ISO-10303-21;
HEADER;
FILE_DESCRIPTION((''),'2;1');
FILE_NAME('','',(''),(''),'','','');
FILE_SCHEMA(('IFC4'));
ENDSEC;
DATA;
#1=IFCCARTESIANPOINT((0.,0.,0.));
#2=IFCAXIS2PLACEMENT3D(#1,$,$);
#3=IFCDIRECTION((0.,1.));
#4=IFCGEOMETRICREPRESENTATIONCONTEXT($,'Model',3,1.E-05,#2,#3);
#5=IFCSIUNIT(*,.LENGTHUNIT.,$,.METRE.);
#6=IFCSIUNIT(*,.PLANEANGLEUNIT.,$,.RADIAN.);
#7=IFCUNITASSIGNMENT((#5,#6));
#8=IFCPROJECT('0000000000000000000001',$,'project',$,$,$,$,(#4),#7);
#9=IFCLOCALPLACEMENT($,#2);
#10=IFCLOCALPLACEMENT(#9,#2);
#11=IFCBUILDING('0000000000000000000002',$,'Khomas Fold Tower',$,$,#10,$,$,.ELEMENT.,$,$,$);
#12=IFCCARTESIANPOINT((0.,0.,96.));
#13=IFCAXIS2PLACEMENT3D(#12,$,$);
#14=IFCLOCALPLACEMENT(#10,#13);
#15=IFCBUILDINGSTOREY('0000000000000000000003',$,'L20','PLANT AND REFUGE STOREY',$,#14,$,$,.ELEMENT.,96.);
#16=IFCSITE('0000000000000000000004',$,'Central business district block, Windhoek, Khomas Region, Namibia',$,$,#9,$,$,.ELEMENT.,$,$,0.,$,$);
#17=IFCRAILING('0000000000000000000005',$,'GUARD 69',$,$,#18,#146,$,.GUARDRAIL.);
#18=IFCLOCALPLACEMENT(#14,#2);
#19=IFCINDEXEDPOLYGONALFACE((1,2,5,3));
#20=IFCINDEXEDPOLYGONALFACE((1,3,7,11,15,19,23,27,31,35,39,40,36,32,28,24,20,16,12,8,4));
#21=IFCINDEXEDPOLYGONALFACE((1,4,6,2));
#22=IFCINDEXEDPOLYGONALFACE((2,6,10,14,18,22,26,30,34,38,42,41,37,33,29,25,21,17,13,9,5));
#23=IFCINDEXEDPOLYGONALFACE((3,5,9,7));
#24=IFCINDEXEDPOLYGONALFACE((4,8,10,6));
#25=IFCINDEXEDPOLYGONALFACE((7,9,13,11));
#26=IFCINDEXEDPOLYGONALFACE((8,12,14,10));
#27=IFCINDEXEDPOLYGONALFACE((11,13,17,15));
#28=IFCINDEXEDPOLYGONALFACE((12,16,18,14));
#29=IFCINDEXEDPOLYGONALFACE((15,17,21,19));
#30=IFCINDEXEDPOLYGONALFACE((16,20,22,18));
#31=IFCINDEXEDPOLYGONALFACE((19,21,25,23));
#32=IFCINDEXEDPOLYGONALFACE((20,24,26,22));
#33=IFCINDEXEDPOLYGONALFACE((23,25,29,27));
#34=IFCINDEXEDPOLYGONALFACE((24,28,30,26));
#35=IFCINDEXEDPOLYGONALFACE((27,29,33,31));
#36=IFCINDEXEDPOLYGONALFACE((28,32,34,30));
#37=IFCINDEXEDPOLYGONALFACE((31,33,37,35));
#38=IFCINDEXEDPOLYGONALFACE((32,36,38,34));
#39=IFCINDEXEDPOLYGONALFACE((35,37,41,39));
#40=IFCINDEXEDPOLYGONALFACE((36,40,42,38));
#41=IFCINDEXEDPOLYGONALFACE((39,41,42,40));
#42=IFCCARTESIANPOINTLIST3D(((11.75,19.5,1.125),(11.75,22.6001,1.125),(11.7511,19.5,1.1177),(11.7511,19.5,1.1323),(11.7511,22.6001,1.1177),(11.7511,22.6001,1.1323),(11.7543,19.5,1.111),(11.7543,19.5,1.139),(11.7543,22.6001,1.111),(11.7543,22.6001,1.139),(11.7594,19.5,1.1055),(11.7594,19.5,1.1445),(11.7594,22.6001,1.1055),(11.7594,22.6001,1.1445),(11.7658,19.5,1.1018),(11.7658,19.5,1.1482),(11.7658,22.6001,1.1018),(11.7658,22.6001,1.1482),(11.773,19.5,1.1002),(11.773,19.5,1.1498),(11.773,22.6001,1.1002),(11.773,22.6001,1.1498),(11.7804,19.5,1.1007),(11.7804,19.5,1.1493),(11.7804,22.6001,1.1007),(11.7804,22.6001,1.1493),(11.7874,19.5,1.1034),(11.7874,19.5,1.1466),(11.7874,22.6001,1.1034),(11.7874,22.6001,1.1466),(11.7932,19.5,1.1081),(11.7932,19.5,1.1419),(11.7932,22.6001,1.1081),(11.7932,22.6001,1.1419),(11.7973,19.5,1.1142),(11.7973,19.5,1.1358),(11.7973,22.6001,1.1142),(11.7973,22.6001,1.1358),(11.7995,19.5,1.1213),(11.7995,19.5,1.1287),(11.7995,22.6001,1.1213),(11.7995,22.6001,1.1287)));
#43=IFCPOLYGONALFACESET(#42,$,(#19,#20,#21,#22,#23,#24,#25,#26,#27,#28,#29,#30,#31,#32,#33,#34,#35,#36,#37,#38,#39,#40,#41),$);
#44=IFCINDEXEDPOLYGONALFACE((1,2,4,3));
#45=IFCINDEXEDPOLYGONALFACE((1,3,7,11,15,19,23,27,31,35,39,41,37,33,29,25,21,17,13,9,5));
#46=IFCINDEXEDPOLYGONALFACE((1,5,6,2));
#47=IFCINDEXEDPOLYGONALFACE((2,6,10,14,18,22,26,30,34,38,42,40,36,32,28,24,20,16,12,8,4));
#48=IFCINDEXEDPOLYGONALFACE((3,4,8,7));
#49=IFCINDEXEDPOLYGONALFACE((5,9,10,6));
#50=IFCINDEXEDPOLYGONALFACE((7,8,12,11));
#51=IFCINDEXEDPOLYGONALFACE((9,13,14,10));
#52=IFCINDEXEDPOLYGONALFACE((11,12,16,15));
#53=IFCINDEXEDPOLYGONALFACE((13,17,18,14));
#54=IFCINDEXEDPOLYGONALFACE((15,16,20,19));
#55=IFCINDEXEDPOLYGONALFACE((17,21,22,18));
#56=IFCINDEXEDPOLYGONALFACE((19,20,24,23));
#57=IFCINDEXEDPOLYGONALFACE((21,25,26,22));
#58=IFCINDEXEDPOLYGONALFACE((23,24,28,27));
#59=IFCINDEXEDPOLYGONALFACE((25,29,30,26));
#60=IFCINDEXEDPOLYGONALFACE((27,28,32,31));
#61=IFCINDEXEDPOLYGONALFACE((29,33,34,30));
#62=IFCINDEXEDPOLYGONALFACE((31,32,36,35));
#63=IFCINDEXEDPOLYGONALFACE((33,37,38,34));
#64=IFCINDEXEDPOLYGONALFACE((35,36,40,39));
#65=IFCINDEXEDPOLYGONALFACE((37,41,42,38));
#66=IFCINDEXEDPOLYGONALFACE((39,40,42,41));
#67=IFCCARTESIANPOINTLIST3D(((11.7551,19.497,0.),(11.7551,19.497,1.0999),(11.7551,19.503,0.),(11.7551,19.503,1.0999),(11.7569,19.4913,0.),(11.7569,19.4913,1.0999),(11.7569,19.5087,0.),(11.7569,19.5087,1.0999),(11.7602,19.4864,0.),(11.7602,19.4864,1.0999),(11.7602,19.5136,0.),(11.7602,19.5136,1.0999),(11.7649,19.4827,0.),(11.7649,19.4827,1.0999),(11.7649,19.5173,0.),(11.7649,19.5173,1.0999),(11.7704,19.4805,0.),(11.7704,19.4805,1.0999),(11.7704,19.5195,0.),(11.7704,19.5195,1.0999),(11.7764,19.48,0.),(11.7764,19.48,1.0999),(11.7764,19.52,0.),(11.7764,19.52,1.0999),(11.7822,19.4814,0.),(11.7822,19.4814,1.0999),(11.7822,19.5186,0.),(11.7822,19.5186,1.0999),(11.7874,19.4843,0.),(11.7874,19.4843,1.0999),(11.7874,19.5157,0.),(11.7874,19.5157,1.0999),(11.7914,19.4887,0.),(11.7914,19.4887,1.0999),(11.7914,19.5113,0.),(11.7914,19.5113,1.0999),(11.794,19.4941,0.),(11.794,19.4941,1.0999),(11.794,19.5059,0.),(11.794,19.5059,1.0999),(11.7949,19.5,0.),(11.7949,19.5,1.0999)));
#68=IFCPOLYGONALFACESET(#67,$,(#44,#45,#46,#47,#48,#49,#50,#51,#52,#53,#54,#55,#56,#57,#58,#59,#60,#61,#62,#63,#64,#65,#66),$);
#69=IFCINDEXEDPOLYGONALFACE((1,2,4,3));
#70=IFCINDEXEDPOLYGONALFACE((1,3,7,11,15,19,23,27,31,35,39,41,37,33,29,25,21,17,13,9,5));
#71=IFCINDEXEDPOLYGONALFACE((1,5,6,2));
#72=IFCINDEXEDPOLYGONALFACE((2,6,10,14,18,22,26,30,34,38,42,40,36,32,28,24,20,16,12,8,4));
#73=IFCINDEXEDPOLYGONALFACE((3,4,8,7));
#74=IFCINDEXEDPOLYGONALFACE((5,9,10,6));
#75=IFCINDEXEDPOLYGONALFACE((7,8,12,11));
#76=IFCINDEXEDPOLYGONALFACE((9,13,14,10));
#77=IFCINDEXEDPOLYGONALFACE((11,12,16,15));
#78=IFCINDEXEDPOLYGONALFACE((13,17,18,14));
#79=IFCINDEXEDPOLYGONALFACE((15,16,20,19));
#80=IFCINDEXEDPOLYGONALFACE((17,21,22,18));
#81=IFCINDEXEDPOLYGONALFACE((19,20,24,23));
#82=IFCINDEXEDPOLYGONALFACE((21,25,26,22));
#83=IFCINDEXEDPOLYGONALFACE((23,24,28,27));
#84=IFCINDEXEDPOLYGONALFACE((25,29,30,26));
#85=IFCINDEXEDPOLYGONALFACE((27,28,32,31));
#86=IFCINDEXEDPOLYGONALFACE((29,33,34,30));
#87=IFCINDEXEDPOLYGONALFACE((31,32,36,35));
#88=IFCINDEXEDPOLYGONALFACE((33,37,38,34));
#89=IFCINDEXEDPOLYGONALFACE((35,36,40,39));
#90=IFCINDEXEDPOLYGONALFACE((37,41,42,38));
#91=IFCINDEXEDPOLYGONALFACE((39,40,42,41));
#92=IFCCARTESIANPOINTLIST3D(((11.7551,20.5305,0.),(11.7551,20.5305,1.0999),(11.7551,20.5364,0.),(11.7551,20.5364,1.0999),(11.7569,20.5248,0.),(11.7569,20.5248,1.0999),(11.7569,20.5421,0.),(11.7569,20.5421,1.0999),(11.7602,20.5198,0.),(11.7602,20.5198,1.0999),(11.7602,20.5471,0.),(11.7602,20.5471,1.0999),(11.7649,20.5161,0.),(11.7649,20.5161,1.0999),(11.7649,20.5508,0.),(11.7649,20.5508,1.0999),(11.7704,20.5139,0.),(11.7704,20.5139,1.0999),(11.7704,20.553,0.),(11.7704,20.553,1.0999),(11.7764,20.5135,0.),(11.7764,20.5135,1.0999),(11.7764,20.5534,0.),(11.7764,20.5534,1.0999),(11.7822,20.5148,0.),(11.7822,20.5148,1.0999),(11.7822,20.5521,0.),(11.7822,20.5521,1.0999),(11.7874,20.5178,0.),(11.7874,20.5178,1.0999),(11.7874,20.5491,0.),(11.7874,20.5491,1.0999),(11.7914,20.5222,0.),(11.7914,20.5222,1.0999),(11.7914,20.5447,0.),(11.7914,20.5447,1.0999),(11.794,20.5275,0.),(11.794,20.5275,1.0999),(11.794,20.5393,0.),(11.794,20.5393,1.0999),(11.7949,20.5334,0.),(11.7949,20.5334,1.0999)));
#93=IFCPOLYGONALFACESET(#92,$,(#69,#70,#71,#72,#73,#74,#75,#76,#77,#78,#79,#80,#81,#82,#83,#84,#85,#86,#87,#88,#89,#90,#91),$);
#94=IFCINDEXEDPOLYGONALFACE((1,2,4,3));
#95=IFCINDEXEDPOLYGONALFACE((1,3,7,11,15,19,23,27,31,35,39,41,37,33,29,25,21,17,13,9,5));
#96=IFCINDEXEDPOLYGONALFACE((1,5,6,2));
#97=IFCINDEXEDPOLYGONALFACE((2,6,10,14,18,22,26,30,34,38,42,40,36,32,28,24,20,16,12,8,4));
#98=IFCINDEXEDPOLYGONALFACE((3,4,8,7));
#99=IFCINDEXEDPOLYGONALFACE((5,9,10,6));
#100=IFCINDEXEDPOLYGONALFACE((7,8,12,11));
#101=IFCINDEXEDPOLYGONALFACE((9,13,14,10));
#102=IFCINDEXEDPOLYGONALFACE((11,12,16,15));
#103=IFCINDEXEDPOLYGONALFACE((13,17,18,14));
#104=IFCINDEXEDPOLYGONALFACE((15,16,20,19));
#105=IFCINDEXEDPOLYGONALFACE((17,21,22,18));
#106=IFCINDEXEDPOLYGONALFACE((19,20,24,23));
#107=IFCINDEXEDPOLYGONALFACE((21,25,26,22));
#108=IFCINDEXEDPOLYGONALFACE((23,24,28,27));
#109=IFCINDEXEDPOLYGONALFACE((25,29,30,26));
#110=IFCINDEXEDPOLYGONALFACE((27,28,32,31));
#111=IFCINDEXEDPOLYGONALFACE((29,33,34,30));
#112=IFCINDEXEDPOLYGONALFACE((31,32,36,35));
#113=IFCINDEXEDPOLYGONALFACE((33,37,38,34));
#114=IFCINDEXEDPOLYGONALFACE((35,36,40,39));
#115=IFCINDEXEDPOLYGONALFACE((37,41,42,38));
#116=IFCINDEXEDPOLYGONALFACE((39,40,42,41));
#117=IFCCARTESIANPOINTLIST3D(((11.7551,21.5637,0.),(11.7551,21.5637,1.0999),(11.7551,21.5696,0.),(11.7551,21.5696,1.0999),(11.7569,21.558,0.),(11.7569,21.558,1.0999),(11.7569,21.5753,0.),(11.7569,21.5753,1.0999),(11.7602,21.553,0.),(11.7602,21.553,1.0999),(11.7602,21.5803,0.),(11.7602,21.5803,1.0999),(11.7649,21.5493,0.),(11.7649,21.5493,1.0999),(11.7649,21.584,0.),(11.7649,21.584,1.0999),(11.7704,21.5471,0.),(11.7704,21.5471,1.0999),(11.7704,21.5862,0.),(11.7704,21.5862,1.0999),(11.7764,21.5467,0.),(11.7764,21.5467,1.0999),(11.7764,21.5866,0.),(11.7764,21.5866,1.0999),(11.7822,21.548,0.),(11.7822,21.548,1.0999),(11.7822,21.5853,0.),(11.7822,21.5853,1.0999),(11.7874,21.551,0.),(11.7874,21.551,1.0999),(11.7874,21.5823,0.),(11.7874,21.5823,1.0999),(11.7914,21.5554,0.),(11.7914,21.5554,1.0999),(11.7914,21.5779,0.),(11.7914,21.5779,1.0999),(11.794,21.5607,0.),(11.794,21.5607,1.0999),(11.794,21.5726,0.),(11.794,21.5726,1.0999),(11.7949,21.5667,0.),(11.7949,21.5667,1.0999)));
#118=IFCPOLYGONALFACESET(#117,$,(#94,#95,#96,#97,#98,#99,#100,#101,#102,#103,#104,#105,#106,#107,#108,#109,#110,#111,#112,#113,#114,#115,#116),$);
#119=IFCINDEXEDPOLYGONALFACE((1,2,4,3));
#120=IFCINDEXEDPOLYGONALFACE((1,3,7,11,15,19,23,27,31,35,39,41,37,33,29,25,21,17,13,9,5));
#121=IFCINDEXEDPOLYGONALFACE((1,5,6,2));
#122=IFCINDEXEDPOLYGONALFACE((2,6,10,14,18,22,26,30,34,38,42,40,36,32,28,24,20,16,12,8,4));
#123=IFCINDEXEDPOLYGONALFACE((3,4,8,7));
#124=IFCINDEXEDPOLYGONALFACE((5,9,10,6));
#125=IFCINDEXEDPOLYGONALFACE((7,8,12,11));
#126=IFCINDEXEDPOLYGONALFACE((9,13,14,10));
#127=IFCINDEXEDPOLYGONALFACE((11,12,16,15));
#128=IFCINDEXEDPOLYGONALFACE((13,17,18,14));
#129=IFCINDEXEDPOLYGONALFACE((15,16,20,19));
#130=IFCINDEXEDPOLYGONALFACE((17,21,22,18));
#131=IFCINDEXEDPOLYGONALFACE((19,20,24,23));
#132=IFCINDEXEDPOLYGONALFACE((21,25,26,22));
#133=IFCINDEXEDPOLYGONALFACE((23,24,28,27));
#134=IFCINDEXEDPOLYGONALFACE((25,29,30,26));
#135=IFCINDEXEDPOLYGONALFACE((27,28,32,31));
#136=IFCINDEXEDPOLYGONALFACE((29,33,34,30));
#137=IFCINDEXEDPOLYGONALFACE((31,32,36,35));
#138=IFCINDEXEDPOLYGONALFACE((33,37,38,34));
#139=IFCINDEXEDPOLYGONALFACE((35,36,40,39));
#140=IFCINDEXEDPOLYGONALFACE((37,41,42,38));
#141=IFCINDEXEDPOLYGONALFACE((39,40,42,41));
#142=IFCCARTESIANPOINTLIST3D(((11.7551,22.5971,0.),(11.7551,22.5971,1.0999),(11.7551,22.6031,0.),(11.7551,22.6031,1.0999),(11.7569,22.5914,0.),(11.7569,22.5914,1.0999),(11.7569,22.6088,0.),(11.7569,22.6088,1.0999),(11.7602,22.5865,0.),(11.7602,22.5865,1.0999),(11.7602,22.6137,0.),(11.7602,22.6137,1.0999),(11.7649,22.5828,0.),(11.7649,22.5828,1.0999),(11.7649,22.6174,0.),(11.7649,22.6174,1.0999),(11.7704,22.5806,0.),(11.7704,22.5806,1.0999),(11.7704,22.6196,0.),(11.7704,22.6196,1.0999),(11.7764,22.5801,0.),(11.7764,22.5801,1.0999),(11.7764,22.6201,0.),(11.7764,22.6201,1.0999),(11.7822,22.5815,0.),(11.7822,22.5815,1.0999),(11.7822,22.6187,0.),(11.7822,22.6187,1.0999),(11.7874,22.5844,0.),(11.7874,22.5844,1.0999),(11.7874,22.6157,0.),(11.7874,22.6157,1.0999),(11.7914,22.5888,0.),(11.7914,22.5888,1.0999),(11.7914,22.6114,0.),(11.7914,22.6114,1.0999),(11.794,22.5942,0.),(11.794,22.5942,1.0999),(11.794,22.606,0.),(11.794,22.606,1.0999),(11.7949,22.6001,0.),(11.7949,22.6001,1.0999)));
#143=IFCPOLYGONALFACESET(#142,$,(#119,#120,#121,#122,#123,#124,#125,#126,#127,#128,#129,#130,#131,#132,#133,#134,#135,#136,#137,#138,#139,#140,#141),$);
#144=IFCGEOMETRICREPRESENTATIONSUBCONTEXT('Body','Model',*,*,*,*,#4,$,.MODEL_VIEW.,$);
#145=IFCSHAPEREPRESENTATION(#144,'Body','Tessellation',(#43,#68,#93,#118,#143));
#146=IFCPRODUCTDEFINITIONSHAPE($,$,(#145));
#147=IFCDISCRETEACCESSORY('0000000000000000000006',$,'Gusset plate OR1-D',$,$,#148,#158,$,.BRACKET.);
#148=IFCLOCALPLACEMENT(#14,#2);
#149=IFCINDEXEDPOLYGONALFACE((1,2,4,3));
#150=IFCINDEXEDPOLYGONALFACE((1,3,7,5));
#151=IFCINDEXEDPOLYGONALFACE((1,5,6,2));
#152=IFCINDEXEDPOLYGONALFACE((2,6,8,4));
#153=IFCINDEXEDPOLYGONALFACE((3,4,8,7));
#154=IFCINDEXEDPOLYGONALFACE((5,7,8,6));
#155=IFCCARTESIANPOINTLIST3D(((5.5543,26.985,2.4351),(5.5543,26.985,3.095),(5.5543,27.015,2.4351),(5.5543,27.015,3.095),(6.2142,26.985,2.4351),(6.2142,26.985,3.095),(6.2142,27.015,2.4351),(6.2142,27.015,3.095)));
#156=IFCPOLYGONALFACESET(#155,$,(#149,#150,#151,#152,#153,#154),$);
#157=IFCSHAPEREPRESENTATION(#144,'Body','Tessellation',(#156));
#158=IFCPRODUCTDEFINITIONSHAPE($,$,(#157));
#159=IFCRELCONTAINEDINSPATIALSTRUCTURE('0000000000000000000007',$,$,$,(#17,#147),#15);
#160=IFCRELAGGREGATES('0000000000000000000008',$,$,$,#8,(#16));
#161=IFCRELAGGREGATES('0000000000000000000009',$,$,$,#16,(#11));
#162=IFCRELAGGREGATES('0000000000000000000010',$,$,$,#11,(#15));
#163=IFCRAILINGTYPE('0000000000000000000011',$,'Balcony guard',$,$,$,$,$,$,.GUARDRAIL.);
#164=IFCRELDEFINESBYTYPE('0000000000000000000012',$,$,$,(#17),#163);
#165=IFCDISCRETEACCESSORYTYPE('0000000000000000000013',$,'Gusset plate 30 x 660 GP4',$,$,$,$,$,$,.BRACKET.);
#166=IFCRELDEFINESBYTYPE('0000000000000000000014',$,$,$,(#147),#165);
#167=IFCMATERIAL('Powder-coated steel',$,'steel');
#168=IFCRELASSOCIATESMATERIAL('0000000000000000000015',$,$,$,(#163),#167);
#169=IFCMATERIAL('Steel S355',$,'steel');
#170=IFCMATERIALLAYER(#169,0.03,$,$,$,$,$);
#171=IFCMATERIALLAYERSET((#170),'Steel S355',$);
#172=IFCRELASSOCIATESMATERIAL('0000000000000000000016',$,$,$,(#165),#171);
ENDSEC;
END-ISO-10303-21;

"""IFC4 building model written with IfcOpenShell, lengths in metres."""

from ifc_helpers import new_model, si_unit, direction, frame, origin, origin_2d, place, context, subcontext, project, spatial, rectangle, circle, extrude, source, transform, mapped, material, layer, layer_set, type_object, element, save


model = new_model("IFC4")

# Units and contexts
model_context = context("Model", 3, precision=1e-05, world=origin(), true_north=direction((0.0, 1.0)))
body_context = subcontext(model_context, "Body", "Model", "MODEL_VIEW")
ifc_project = project(units=[si_unit("LENGTHUNIT", "METRE"), si_unit("PLANEANGLEUNIT", "RADIAN")], contexts=[model_context])

# Site, building, storey
site_placement = place(None, origin())
site = spatial("IfcSite", under=ifc_project, at=site_placement, Name="Central business district block, Windhoek, Khomas Region, Namibia", CompositionType="ELEMENT", RefElevation=0.0)
building_placement = place(site_placement, origin())
building = spatial("IfcBuilding", under=site, at=building_placement, Name="Khomas Fold Tower", CompositionType="ELEMENT")
storey_placement = place(building_placement, frame((0.0, 0.0, 96.0)))
storey = spatial("IfcBuildingStorey", under=building, at=storey_placement, Name="L20", Description="PLANT AND REFUGE STOREY", CompositionType="ELEMENT", Elevation=96.0)

# Railing
ifc_material_1 = material(Name="Powder-coated steel", Category="steel")
railing_type = type_object("IfcRailingType", Name="Balcony guard", PredefinedType="GUARDRAIL", material=ifc_material_1)
shared_shape_1 = source(origin(), body_context, "Body", "SweptSolid", [
    extrude(circle(Radius=0.0249, at=origin_2d()), frame((0.0, 0.0, 1.125), z_axis=(0.0, 1.0, 0.0), x_axis=(-1.0, 0.0, 0.0)), (0.0, 0.0, 1.0), 3.1001),
    extrude(circle(Radius=0.02, at=origin_2d()), origin(), (0.0, 0.0, 1.0), 1.0999),
    extrude(circle(Radius=0.02, at=origin_2d()), frame((0.0, 1.0334, 0.0)), (0.0, 0.0, 1.0), 1.0999),
    extrude(circle(Radius=0.02, at=origin_2d()), frame((0.0, 2.0667, 0.0)), (0.0, 0.0, 1.0), 1.0999),
    extrude(circle(Radius=0.02, at=origin_2d()), frame((0.0, 3.1001, 0.0)), (0.0, 0.0, 1.0), 1.0999),
])
for number, where, name in (
    (1, (11.7749, 19.5, 0.0), "GUARD 69"),
):
    element("IfcRailing", number, at=place(storey_placement, frame(where)), inside=storey, type_object=railing_type, Name=name, PredefinedType="GUARDRAIL", context=body_context, shape_type="MappedRepresentation", body=[
        mapped(shared_shape_1, transform((0.0, 0.0, 0.0))),
    ])

# Discrete accessory
ifc_material_2 = material(Name="Steel S355", Category="steel")
ifc_layer_1 = layer(ifc_material_2, 0.03)
ifc_layer_set_1 = layer_set([ifc_layer_1], Name="Steel S355")
discrete_accessory_type = type_object("IfcDiscreteAccessoryType", Name="Gusset plate 30 x 660 GP4", PredefinedType="BRACKET", material=ifc_layer_set_1)
shared_shape_2 = source(origin(), body_context, "Body", "SweptSolid", [
    extrude(rectangle(XDim=0.6599, YDim=0.03, at=origin_2d()), origin(), (0.0, 0.0, 1.0), 0.6599),
])
discrete_accessory_placement = place(storey_placement, frame((5.8843, 27.0, 2.4351), z_axis=(0.0, 0.0, 1.0), x_axis=(1.0, 0.0, 0.0)))
element("IfcDiscreteAccessory", 2, at=discrete_accessory_placement, inside=storey, type_object=discrete_accessory_type, Name="Gusset plate OR1-D", PredefinedType="BRACKET", context=body_context, shape_type="MappedRepresentation", body=[
    mapped(shared_shape_2, transform((0.0, 0.0, 0.0))),
])

save(model, "model.ifc")
